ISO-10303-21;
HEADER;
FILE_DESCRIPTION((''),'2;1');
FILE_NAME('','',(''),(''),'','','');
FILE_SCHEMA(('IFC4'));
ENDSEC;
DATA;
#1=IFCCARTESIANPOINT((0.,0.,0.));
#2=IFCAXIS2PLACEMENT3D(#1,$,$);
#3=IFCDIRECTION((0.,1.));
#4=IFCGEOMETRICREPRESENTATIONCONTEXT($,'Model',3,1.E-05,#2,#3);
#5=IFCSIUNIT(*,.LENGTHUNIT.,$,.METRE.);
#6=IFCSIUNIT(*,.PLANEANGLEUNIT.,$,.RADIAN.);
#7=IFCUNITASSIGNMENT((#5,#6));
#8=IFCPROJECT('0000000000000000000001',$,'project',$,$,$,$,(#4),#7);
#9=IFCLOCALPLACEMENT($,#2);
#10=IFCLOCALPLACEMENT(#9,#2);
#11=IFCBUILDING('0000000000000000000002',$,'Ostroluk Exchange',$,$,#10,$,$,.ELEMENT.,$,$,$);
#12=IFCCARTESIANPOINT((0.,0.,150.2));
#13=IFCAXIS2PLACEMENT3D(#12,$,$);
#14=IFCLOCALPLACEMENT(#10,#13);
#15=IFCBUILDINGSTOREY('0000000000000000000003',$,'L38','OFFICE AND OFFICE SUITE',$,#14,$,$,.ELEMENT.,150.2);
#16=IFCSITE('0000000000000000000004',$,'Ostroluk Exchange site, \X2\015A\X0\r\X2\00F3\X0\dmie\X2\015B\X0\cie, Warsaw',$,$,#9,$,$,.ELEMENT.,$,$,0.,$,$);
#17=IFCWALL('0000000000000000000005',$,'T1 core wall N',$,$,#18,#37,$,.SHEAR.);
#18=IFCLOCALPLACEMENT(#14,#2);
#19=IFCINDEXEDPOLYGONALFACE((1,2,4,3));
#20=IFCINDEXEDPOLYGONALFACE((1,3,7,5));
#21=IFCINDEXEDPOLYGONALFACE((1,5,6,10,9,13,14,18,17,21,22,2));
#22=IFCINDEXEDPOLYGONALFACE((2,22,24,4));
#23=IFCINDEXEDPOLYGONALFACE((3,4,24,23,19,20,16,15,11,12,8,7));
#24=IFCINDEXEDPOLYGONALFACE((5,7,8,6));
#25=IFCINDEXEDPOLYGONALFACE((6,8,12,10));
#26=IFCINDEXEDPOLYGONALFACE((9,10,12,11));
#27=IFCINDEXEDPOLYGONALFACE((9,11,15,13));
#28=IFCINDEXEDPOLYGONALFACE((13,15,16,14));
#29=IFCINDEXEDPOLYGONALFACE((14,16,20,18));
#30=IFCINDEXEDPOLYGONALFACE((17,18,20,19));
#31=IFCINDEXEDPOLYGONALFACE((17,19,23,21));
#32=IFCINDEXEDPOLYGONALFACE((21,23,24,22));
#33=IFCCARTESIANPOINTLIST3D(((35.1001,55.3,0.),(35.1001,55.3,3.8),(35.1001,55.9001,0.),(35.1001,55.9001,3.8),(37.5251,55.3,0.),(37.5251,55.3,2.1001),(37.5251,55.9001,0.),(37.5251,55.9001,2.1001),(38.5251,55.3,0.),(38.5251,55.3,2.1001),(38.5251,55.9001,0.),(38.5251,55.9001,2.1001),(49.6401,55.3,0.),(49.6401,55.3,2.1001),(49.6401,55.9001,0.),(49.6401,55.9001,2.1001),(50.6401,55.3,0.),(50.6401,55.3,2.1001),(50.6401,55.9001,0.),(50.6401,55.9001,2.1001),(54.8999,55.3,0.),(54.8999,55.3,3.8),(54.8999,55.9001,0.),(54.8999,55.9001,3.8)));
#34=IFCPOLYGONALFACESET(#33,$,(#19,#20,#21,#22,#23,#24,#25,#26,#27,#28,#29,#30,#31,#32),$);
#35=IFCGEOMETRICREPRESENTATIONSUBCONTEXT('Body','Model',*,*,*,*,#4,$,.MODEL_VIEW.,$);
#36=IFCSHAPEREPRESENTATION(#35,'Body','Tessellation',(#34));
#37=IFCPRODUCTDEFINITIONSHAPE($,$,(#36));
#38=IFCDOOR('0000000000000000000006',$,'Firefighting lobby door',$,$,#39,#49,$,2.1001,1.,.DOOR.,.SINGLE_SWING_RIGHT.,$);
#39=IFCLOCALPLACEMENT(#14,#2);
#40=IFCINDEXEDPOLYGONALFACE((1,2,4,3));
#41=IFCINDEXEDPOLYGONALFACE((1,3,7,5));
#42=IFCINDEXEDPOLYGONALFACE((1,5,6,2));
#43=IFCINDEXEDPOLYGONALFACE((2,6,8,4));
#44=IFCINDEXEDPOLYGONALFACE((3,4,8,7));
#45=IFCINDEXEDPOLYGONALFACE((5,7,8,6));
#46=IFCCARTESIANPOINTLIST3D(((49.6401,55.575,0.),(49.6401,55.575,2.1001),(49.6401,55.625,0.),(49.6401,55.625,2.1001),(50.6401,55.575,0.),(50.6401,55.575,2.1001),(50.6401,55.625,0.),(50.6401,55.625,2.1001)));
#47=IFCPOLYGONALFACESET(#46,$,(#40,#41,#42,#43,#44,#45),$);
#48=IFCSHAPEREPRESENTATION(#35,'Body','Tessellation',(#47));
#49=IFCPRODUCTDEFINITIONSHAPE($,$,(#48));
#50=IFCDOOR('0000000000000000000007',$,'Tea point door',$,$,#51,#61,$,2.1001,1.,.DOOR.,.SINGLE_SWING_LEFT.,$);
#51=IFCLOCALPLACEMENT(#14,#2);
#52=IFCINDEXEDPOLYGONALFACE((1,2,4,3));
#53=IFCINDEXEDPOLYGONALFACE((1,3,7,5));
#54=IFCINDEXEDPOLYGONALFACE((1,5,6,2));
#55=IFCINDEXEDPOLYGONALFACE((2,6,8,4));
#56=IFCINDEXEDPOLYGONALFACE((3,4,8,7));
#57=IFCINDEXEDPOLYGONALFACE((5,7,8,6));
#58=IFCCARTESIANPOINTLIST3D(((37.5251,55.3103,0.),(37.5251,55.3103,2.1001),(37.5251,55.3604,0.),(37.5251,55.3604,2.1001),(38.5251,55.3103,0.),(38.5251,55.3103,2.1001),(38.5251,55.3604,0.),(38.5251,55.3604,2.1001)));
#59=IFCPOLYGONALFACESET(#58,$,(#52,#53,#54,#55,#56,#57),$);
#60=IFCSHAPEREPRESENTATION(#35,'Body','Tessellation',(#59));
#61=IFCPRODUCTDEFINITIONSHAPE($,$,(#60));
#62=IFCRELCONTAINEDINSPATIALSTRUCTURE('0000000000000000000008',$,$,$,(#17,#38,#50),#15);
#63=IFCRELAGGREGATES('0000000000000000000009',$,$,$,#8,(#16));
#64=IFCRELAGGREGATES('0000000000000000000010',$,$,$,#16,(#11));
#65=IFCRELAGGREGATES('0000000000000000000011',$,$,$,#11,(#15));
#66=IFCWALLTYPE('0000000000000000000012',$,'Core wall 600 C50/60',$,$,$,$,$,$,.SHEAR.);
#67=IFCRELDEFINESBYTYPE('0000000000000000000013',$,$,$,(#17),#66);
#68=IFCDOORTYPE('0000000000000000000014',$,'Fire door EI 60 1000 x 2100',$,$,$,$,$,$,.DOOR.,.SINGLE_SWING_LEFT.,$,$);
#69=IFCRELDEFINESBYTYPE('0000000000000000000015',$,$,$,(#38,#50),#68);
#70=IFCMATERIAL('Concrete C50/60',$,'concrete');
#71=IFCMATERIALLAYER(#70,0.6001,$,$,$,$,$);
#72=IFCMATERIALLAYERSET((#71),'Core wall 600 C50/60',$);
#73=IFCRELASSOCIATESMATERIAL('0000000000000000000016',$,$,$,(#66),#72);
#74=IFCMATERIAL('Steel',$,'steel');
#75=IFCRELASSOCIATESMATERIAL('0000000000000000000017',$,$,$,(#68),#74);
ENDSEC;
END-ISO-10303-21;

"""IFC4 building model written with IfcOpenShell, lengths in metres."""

from ifc_helpers import new_model, si_unit, direction, frame, frame_2d, origin, place, context, subcontext, project, spatial, rectangle, extrude, material, layer, layer_set, type_object, element, fill, save


model = new_model("IFC4")

# Units and contexts
model_context = context("Model", 3, precision=1e-05, world=origin(), true_north=direction((0.0, 1.0)))
body_context = subcontext(model_context, "Body", "Model", "MODEL_VIEW")
ifc_project = project(units=[si_unit("LENGTHUNIT", "METRE"), si_unit("PLANEANGLEUNIT", "RADIAN")], contexts=[model_context])

# Site, building, storey
site_placement = place(None, origin())
site = spatial("IfcSite", under=ifc_project, at=site_placement, Name="Ostroluk Exchange site, Śródmieście, Warsaw", CompositionType="ELEMENT", RefElevation=0.0)
building_placement = place(site_placement, origin())
building = spatial("IfcBuilding", under=site, at=building_placement, Name="Ostroluk Exchange", CompositionType="ELEMENT")
storey_placement = place(building_placement, frame((0.0, 0.0, 150.2)))
storey = spatial("IfcBuildingStorey", under=building, at=storey_placement, Name="L38", Description="OFFICE AND OFFICE SUITE", CompositionType="ELEMENT", Elevation=150.2)

# Wall, openings, doors
ifc_material_1 = material(Name="Concrete C50/60", Category="concrete")
ifc_layer_1 = layer(ifc_material_1, 0.6001)
ifc_layer_set_1 = layer_set([ifc_layer_1], Name="Core wall 600 C50/60")
wall_type_1 = type_object("IfcWallType", Name="Core wall 600 C50/60", PredefinedType="SHEAR", material=ifc_layer_set_1)
wall_1_placement = place(storey_placement, frame((35.1001, 55.6001, 0.0), z_axis=(0.0, 0.0, 1.0), x_axis=(1.0, 0.0, 0.0)))
wall_1 = element("IfcWall", 1, at=wall_1_placement, inside=storey, type_object=wall_type_1, Name="T1 core wall N", PredefinedType="SHEAR", context=body_context, shape_type="SweptSolid", body=[
    extrude(rectangle(XDim=19.7998, YDim=0.6001, at=frame_2d((9.8999, 0.0))), origin(), (0.0, 0.0, 1.0), 3.8),
])
opening_1_placement = place(wall_1_placement, frame((14.54, 0.0, 0.0)))
opening_1 = element("IfcOpeningElement", 2, at=opening_1_placement, cuts=wall_1, PredefinedType="OPENING", context=body_context, shape_type="SweptSolid", body=[
    extrude(rectangle(XDim=1.0, YDim=2.1001, at=frame_2d((0.5, 1.05))), frame((0.0, 0.3101, 0.0), z_axis=(0.0, -1.0, 0.0), x_axis=(1.0, 0.0, 0.0)), (0.0, 0.0, 1.0), 0.6201),
])
opening_2_placement = place(wall_1_placement, frame((2.425, 0.0, 0.0)))
opening_2 = element("IfcOpeningElement", 3, at=opening_2_placement, cuts=wall_1, PredefinedType="OPENING", context=body_context, shape_type="SweptSolid", body=[
    extrude(rectangle(XDim=1.0, YDim=2.1001, at=frame_2d((0.5, 1.05))), frame((0.0, 0.3101, 0.0), z_axis=(0.0, -1.0, 0.0), x_axis=(1.0, 0.0, 0.0)), (0.0, 0.0, 1.0), 0.6201),
])
ifc_material_2 = material(Name="Steel", Category="steel")
door_type = type_object("IfcDoorType", Name="Fire door EI 60 1000 x 2100", OperationType="SINGLE_SWING_LEFT", PredefinedType="DOOR", material=ifc_material_2)
door_1_placement = place(opening_1_placement, origin())
door_1 = element("IfcDoor", 4, at=door_1_placement, inside=storey, type_object=door_type, Name="Firefighting lobby door", OperationType="SINGLE_SWING_RIGHT", OverallHeight=2.1001, OverallWidth=1.0, PredefinedType="DOOR", context=body_context, shape_type="SweptSolid", body=[
    extrude(rectangle(XDim=1.0, YDim=2.1001, at=frame_2d((0.5, 1.05))), frame((0.0, 0.0249, 0.0), z_axis=(0.0, -1.0, 0.0), x_axis=(1.0, 0.0, 0.0)), (0.0, 0.0, 1.0), 0.05),
])
fill(opening_1, door_1)
door_2_placement = place(opening_2_placement, origin())
door_2 = element("IfcDoor", 5, at=door_2_placement, inside=storey, type_object=door_type, Name="Tea point door", OperationType="SINGLE_SWING_LEFT", OverallHeight=2.1001, OverallWidth=1.0, PredefinedType="DOOR", context=body_context, shape_type="SweptSolid", body=[
    extrude(rectangle(XDim=1.0, YDim=2.1001, at=frame_2d((0.5, 1.05))), frame((0.0, -0.2397, 0.0), z_axis=(0.0, -1.0, 0.0), x_axis=(1.0, 0.0, 0.0)), (0.0, 0.0, 1.0), 0.05),
])
fill(opening_2, door_2)

save(model, "model.ifc")
